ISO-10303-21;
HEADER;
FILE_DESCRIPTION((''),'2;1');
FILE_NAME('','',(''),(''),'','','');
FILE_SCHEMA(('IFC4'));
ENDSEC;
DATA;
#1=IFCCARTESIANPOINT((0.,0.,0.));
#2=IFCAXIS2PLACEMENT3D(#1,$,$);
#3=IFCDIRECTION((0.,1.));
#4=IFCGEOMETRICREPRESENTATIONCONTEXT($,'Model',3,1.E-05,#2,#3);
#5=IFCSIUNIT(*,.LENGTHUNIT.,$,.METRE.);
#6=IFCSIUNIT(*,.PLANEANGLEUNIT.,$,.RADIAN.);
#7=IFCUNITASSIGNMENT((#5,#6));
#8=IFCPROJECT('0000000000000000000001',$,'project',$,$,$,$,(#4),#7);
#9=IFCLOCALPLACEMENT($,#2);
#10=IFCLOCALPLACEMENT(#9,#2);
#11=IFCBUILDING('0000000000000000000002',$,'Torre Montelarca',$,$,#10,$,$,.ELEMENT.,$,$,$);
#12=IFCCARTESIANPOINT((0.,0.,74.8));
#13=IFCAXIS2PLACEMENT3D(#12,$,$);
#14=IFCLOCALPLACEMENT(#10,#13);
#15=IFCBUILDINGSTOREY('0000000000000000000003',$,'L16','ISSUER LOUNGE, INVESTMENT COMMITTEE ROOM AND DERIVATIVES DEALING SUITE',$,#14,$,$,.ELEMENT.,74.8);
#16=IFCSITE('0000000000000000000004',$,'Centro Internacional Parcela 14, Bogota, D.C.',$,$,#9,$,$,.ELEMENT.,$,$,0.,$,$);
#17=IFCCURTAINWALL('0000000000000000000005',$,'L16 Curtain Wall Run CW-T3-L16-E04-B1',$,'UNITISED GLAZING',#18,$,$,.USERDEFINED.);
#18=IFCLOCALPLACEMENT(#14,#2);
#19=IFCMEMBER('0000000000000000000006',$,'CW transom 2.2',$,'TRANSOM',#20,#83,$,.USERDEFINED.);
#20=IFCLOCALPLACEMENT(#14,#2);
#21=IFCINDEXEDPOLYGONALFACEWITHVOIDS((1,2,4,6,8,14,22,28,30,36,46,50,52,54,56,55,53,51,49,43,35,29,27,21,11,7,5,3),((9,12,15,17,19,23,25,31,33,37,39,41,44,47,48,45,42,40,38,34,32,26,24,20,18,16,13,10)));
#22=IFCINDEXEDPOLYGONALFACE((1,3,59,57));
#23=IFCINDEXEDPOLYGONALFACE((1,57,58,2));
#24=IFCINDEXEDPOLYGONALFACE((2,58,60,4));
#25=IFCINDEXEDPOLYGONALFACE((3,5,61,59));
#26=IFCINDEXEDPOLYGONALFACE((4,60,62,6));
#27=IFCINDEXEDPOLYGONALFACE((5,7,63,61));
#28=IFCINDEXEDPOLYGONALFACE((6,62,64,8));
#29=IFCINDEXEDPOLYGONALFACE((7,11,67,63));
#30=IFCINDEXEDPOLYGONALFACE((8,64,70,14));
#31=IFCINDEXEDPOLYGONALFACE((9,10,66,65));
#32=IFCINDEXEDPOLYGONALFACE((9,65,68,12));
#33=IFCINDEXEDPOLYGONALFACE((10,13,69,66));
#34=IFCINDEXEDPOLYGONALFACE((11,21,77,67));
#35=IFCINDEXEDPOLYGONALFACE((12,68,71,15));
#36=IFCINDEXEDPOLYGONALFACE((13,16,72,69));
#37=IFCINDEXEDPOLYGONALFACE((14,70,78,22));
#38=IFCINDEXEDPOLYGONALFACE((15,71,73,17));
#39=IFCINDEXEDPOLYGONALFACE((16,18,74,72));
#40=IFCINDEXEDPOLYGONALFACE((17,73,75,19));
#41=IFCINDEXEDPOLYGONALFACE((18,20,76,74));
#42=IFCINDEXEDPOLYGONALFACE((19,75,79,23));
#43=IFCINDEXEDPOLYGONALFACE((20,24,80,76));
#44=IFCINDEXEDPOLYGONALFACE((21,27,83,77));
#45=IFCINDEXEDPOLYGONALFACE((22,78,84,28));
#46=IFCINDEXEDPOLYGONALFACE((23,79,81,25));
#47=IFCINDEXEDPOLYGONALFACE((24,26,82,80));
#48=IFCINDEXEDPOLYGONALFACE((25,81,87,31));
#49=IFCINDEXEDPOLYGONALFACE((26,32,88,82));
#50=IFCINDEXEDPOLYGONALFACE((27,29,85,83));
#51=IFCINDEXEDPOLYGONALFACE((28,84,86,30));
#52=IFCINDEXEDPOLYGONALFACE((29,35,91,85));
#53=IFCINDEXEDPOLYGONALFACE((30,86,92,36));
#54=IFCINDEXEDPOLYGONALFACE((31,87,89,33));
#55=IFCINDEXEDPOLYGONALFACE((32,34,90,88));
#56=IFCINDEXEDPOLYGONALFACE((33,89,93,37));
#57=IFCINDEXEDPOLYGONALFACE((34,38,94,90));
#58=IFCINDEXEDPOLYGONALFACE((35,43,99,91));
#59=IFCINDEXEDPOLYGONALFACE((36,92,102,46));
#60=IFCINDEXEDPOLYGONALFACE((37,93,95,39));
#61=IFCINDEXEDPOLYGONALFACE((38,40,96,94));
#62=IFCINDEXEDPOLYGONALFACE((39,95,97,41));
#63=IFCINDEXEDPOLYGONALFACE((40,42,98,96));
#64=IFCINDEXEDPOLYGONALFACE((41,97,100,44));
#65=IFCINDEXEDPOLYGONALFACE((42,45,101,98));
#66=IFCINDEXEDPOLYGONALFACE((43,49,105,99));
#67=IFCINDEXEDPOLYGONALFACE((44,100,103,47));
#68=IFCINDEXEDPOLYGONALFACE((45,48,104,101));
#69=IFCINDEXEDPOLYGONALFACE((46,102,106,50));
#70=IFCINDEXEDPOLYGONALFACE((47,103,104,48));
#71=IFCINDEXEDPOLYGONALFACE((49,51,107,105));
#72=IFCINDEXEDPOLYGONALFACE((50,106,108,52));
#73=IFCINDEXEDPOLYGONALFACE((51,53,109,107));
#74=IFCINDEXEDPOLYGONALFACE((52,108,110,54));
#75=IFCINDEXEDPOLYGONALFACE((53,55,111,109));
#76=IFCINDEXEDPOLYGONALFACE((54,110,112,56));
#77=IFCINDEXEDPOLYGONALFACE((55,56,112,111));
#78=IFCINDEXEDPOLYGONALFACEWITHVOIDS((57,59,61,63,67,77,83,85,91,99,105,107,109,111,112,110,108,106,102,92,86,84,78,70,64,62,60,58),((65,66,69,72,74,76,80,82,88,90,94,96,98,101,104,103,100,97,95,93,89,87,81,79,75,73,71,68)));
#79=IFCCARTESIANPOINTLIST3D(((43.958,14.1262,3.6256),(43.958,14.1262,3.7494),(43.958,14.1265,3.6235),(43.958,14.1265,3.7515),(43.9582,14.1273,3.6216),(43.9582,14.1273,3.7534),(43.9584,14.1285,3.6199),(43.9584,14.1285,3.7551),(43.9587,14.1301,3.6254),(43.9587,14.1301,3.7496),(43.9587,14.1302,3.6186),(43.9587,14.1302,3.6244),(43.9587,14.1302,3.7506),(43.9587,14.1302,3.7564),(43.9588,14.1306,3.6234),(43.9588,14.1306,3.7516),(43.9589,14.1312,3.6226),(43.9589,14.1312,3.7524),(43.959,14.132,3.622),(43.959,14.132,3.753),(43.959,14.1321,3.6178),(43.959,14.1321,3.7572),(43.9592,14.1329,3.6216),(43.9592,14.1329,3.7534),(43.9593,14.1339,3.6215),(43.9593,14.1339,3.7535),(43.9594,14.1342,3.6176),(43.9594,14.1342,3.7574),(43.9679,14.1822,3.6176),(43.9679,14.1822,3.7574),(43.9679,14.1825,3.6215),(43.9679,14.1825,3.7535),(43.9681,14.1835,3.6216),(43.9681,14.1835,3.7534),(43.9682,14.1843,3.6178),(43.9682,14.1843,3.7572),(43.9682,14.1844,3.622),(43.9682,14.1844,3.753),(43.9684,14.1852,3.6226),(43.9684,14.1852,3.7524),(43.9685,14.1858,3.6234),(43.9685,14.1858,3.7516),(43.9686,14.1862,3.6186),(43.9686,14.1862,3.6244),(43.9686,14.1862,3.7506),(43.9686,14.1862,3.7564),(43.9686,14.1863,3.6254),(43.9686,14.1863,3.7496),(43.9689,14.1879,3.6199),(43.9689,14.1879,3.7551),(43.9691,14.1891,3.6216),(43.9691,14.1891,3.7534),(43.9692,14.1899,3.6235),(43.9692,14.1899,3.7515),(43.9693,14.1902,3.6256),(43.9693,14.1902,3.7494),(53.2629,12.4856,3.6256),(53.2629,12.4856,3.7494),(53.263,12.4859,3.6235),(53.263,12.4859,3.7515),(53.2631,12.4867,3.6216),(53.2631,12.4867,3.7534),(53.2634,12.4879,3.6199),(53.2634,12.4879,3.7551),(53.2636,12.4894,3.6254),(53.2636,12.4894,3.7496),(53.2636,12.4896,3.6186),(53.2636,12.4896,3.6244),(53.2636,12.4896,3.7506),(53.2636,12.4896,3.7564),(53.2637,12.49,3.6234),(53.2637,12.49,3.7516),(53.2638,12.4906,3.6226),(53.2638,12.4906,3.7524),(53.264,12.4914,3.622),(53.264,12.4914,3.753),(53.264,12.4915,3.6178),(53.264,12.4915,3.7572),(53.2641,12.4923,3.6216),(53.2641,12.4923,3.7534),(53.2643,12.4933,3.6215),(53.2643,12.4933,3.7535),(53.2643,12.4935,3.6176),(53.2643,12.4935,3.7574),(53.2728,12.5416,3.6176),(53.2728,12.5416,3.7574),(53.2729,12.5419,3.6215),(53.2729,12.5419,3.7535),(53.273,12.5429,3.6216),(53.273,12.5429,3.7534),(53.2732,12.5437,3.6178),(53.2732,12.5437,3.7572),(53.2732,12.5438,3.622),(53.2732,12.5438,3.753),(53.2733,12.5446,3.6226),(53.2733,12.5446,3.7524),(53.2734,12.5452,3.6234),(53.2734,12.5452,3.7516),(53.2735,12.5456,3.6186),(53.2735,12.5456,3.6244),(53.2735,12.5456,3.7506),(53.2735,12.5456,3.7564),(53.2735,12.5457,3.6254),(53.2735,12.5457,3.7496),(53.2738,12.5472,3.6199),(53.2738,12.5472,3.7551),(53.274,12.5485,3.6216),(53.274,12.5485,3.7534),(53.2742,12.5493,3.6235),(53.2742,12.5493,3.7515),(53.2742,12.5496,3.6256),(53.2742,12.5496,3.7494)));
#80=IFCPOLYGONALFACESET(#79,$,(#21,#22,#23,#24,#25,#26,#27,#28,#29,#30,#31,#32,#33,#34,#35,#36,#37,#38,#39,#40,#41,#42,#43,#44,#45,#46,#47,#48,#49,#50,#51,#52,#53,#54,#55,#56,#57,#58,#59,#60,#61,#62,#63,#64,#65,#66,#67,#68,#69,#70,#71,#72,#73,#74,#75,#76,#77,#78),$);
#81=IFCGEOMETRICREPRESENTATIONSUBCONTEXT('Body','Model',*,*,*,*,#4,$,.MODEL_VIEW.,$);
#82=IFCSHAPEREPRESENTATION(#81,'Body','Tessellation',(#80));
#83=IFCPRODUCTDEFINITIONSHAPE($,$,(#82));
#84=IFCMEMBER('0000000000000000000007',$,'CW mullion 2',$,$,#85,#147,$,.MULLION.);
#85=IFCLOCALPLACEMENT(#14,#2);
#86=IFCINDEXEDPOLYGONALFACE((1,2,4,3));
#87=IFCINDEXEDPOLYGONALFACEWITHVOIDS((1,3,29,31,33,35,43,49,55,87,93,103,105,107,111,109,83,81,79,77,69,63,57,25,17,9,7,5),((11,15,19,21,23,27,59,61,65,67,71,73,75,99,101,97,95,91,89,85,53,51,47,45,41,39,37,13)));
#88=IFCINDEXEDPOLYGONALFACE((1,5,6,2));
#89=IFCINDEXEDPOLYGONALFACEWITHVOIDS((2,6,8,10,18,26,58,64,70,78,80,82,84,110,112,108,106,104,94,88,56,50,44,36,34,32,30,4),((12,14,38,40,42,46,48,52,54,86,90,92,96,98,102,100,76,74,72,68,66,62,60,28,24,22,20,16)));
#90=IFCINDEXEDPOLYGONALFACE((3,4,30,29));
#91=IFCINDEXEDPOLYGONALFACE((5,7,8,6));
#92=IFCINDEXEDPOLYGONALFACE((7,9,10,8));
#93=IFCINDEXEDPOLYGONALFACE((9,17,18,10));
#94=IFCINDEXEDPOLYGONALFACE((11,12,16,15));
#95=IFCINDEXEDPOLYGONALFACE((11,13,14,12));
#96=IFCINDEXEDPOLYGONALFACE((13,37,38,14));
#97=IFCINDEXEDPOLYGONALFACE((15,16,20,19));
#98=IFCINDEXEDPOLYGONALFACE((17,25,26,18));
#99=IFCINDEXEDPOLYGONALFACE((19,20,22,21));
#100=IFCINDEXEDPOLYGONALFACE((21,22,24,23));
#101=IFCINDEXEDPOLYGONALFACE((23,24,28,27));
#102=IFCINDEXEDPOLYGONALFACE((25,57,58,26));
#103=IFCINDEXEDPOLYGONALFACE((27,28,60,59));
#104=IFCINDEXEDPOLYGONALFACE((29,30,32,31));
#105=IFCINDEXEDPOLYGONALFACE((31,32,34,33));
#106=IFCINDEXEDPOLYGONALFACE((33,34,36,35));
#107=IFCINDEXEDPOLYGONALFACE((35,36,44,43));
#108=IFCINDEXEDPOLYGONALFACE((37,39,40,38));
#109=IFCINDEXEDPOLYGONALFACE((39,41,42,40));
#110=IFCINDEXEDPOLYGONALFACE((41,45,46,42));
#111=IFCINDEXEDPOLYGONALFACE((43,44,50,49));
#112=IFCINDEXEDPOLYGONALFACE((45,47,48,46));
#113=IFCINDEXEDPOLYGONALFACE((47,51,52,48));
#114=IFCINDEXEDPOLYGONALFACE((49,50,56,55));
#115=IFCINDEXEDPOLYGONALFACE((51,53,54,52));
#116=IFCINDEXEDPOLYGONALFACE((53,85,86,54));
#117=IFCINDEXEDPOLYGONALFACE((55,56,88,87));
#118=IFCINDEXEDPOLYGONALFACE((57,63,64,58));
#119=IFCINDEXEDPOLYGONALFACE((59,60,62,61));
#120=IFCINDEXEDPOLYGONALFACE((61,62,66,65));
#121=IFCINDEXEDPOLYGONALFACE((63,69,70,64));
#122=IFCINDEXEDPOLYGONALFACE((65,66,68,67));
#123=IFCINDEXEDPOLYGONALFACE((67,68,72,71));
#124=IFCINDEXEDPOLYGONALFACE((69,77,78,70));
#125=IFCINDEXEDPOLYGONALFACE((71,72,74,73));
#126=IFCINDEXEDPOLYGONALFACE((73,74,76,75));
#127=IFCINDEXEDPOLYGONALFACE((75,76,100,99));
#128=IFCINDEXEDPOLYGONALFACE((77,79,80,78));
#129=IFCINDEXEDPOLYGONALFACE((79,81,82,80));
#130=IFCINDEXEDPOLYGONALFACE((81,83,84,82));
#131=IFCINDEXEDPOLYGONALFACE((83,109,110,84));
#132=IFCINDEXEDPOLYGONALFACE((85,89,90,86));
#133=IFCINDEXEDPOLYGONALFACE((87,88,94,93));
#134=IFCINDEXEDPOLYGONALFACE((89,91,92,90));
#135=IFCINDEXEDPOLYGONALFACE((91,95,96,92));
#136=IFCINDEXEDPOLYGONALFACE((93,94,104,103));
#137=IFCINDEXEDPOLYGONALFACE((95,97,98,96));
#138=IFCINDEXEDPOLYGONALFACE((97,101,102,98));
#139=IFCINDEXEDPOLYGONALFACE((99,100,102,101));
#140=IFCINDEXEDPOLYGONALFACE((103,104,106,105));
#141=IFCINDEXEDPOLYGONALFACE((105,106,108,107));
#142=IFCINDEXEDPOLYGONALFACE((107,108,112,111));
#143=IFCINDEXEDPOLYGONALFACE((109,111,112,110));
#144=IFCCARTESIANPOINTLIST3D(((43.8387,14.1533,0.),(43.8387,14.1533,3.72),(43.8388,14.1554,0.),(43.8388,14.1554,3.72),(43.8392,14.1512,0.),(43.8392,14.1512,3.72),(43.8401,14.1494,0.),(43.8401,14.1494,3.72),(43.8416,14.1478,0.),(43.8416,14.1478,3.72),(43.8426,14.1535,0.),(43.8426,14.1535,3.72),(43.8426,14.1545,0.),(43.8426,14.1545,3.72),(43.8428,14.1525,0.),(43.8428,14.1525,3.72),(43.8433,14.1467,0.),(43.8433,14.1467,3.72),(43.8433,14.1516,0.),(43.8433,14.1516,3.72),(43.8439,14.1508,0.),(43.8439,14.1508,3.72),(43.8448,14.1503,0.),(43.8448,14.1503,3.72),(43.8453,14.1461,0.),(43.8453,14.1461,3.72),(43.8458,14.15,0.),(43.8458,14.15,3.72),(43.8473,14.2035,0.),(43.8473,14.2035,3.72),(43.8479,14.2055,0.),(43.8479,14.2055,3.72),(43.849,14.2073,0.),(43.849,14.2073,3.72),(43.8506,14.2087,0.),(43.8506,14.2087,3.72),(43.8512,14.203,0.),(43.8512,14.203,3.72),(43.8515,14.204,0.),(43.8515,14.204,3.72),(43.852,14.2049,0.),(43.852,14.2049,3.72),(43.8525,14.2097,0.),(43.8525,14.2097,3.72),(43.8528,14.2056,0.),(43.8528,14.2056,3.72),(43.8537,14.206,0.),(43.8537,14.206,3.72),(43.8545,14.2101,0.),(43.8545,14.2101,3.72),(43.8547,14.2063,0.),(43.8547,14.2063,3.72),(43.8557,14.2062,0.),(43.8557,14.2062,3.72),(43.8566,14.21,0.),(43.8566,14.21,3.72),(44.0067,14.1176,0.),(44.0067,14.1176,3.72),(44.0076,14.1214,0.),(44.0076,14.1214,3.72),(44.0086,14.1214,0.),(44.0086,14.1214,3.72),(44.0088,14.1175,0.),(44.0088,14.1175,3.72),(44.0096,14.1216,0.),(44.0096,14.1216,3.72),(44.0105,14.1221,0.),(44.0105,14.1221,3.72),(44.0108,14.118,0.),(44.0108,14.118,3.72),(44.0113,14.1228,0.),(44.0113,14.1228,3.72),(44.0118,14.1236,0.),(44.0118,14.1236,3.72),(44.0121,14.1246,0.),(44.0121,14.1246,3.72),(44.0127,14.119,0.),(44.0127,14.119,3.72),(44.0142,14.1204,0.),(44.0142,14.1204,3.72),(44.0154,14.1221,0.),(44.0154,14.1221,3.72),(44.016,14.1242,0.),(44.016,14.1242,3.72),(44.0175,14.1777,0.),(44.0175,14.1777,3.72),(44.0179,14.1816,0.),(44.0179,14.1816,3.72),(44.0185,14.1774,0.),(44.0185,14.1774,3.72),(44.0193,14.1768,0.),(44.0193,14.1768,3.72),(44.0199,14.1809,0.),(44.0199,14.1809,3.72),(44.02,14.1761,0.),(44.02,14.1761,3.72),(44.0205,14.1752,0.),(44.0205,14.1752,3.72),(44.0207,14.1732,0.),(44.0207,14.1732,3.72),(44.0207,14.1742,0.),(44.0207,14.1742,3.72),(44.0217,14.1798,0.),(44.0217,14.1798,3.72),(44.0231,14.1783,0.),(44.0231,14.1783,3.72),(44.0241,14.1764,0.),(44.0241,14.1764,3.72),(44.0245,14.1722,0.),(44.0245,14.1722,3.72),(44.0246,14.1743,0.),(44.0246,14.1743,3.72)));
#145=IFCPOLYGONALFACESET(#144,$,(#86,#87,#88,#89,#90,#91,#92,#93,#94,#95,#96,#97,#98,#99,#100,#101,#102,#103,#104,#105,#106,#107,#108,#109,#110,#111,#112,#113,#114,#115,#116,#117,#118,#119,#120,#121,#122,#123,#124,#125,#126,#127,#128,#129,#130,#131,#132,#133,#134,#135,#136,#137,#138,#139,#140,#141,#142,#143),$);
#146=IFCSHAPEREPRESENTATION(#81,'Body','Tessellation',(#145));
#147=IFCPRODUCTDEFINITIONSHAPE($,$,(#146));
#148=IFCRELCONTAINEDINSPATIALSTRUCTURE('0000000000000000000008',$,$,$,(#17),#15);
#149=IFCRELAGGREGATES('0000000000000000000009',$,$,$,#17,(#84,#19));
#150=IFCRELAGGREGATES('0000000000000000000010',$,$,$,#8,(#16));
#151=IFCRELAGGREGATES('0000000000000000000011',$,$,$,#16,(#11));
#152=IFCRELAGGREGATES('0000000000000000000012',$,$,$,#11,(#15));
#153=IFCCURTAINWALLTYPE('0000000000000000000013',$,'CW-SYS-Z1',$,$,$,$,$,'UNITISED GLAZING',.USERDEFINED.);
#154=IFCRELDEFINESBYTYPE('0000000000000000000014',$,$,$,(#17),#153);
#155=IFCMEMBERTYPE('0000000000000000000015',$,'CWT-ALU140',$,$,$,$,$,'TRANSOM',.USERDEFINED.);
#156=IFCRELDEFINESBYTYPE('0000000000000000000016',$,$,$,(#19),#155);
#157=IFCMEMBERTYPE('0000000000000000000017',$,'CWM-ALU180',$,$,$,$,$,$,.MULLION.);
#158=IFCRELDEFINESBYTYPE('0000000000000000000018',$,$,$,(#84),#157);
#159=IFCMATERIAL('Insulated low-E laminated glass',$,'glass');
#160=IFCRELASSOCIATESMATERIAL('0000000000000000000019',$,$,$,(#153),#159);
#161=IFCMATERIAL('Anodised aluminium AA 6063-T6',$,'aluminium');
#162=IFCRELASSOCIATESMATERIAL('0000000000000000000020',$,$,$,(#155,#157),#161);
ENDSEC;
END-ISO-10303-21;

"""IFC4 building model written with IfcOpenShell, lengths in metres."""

from ifc_helpers import new_model, si_unit, direction, frame, origin, origin_2d, place, context, subcontext, project, spatial, hollow_rectangle, extrude, source, transform, mapped, material, material_profile, profile_set, type_object, element, aggregate, save


model = new_model("IFC4")

# Units and contexts
model_context = context("Model", 3, precision=1e-05, world=origin(), true_north=direction((0.0, 1.0)))
body_context = subcontext(model_context, "Body", "Model", "MODEL_VIEW")
ifc_project = project(units=[si_unit("LENGTHUNIT", "METRE"), si_unit("PLANEANGLEUNIT", "RADIAN")], contexts=[model_context])

# Site, building, storey
site_placement = place(None, origin())
site = spatial("IfcSite", under=ifc_project, at=site_placement, Name="Centro Internacional Parcela 14, Bogota, D.C.", CompositionType="ELEMENT", RefElevation=0.0)
building_placement = place(site_placement, origin())
building = spatial("IfcBuilding", under=site, at=building_placement, Name="Torre Montelarca", CompositionType="ELEMENT")
storey_placement = place(building_placement, frame((0.0, 0.0, 74.8)))
storey = spatial("IfcBuildingStorey", under=building, at=storey_placement, Name="L16", Description="ISSUER LOUNGE, INVESTMENT COMMITTEE ROOM AND DERIVATIVES DEALING SUITE", CompositionType="ELEMENT", Elevation=74.8)

# Curtain wall, members
ifc_material_1 = material(Name="Insulated low-E laminated glass", Category="glass")
curtain_wall_type = type_object("IfcCurtainWallType", Name="CW-SYS-Z1", ElementType="UNITISED GLAZING", PredefinedType="USERDEFINED", material=ifc_material_1)
ifc_material_2 = material(Name="Anodised aluminium AA 6063-T6", Category="aluminium")
ifc_material_profile_1 = material_profile(ifc_material_2, hollow_rectangle(XDim=0.0649, YDim=0.1399, WallThickness=0.0039, InnerFilletRadius=0.0039, OuterFilletRadius=0.0081, at=origin_2d()), Name="ALU65X140X4", Category="aluminium")
ifc_profile_set_1 = profile_set([ifc_material_profile_1], Name="Anodised aluminium AA 6063-T6")
member_type_1 = type_object("IfcMemberType", Name="CWT-ALU140", ElementType="TRANSOM", PredefinedType="USERDEFINED", material=ifc_profile_set_1)
curtain_wall_1_placement = place(storey_placement, origin())
curtain_wall_1 = element("IfcCurtainWall", 1, at=curtain_wall_1_placement, inside=storey, type_object=curtain_wall_type, Name="L16 Curtain Wall Run CW-T3-L16-E04-B1", ObjectType="UNITISED GLAZING", PredefinedType="USERDEFINED")
shared_shape_1 = source(origin(), body_context, "Body", "SweptSolid", [
    extrude(hollow_rectangle(XDim=0.0649, YDim=0.1399, WallThickness=0.0039, InnerFilletRadius=0.0039, OuterFilletRadius=0.0081, at=origin_2d()), origin(), (0.0, 0.0, 1.0), 9.4485),
])
member_1_placement = place(storey_placement, frame((43.9636, 14.1582, 3.6875), z_axis=(0.984809, -0.173639, 0.0), x_axis=(0.173639, 0.984809, 0.0)))
member_1 = element("IfcMember", 2, at=member_1_placement, type_object=member_type_1, Name="CW transom 2.2", ObjectType="TRANSOM", PredefinedType="USERDEFINED", context=body_context, shape_type="MappedRepresentation", body=[
    mapped(shared_shape_1, transform((0.0, 0.0, 0.0), scale=1.0)),
])
ifc_material_profile_2 = material_profile(ifc_material_2, hollow_rectangle(XDim=0.0649, YDim=0.1799, WallThickness=0.0039, InnerFilletRadius=0.0039, OuterFilletRadius=0.0081, at=origin_2d()), Name="ALU65X180X4", Category="aluminium")
ifc_profile_set_2 = profile_set([ifc_material_profile_2], Name="Anodised aluminium AA 6063-T6")
member_type_2 = type_object("IfcMemberType", Name="CWM-ALU180", PredefinedType="MULLION", material=ifc_profile_set_2)
shared_shape_2 = source(origin(), body_context, "Body", "SweptSolid", [
    extrude(hollow_rectangle(XDim=0.0649, YDim=0.1799, WallThickness=0.0039, InnerFilletRadius=0.0039, OuterFilletRadius=0.0081, at=origin_2d()), origin(), (0.0, 0.0, 1.0), 3.72),
])
member_2_placement = place(storey_placement, frame((43.9316, 14.1638, 0.0), z_axis=(0.0, 0.0, 1.0), x_axis=(0.173643, 0.984809, 0.0)))
member_2 = element("IfcMember", 3, at=member_2_placement, type_object=member_type_2, Name="CW mullion 2", PredefinedType="MULLION", context=body_context, shape_type="MappedRepresentation", body=[
    mapped(shared_shape_2, transform((0.0, 0.0, 0.0), scale=1.0)),
])

aggregate(curtain_wall_1, [member_2, member_1])

save(model, "model.ifc")
